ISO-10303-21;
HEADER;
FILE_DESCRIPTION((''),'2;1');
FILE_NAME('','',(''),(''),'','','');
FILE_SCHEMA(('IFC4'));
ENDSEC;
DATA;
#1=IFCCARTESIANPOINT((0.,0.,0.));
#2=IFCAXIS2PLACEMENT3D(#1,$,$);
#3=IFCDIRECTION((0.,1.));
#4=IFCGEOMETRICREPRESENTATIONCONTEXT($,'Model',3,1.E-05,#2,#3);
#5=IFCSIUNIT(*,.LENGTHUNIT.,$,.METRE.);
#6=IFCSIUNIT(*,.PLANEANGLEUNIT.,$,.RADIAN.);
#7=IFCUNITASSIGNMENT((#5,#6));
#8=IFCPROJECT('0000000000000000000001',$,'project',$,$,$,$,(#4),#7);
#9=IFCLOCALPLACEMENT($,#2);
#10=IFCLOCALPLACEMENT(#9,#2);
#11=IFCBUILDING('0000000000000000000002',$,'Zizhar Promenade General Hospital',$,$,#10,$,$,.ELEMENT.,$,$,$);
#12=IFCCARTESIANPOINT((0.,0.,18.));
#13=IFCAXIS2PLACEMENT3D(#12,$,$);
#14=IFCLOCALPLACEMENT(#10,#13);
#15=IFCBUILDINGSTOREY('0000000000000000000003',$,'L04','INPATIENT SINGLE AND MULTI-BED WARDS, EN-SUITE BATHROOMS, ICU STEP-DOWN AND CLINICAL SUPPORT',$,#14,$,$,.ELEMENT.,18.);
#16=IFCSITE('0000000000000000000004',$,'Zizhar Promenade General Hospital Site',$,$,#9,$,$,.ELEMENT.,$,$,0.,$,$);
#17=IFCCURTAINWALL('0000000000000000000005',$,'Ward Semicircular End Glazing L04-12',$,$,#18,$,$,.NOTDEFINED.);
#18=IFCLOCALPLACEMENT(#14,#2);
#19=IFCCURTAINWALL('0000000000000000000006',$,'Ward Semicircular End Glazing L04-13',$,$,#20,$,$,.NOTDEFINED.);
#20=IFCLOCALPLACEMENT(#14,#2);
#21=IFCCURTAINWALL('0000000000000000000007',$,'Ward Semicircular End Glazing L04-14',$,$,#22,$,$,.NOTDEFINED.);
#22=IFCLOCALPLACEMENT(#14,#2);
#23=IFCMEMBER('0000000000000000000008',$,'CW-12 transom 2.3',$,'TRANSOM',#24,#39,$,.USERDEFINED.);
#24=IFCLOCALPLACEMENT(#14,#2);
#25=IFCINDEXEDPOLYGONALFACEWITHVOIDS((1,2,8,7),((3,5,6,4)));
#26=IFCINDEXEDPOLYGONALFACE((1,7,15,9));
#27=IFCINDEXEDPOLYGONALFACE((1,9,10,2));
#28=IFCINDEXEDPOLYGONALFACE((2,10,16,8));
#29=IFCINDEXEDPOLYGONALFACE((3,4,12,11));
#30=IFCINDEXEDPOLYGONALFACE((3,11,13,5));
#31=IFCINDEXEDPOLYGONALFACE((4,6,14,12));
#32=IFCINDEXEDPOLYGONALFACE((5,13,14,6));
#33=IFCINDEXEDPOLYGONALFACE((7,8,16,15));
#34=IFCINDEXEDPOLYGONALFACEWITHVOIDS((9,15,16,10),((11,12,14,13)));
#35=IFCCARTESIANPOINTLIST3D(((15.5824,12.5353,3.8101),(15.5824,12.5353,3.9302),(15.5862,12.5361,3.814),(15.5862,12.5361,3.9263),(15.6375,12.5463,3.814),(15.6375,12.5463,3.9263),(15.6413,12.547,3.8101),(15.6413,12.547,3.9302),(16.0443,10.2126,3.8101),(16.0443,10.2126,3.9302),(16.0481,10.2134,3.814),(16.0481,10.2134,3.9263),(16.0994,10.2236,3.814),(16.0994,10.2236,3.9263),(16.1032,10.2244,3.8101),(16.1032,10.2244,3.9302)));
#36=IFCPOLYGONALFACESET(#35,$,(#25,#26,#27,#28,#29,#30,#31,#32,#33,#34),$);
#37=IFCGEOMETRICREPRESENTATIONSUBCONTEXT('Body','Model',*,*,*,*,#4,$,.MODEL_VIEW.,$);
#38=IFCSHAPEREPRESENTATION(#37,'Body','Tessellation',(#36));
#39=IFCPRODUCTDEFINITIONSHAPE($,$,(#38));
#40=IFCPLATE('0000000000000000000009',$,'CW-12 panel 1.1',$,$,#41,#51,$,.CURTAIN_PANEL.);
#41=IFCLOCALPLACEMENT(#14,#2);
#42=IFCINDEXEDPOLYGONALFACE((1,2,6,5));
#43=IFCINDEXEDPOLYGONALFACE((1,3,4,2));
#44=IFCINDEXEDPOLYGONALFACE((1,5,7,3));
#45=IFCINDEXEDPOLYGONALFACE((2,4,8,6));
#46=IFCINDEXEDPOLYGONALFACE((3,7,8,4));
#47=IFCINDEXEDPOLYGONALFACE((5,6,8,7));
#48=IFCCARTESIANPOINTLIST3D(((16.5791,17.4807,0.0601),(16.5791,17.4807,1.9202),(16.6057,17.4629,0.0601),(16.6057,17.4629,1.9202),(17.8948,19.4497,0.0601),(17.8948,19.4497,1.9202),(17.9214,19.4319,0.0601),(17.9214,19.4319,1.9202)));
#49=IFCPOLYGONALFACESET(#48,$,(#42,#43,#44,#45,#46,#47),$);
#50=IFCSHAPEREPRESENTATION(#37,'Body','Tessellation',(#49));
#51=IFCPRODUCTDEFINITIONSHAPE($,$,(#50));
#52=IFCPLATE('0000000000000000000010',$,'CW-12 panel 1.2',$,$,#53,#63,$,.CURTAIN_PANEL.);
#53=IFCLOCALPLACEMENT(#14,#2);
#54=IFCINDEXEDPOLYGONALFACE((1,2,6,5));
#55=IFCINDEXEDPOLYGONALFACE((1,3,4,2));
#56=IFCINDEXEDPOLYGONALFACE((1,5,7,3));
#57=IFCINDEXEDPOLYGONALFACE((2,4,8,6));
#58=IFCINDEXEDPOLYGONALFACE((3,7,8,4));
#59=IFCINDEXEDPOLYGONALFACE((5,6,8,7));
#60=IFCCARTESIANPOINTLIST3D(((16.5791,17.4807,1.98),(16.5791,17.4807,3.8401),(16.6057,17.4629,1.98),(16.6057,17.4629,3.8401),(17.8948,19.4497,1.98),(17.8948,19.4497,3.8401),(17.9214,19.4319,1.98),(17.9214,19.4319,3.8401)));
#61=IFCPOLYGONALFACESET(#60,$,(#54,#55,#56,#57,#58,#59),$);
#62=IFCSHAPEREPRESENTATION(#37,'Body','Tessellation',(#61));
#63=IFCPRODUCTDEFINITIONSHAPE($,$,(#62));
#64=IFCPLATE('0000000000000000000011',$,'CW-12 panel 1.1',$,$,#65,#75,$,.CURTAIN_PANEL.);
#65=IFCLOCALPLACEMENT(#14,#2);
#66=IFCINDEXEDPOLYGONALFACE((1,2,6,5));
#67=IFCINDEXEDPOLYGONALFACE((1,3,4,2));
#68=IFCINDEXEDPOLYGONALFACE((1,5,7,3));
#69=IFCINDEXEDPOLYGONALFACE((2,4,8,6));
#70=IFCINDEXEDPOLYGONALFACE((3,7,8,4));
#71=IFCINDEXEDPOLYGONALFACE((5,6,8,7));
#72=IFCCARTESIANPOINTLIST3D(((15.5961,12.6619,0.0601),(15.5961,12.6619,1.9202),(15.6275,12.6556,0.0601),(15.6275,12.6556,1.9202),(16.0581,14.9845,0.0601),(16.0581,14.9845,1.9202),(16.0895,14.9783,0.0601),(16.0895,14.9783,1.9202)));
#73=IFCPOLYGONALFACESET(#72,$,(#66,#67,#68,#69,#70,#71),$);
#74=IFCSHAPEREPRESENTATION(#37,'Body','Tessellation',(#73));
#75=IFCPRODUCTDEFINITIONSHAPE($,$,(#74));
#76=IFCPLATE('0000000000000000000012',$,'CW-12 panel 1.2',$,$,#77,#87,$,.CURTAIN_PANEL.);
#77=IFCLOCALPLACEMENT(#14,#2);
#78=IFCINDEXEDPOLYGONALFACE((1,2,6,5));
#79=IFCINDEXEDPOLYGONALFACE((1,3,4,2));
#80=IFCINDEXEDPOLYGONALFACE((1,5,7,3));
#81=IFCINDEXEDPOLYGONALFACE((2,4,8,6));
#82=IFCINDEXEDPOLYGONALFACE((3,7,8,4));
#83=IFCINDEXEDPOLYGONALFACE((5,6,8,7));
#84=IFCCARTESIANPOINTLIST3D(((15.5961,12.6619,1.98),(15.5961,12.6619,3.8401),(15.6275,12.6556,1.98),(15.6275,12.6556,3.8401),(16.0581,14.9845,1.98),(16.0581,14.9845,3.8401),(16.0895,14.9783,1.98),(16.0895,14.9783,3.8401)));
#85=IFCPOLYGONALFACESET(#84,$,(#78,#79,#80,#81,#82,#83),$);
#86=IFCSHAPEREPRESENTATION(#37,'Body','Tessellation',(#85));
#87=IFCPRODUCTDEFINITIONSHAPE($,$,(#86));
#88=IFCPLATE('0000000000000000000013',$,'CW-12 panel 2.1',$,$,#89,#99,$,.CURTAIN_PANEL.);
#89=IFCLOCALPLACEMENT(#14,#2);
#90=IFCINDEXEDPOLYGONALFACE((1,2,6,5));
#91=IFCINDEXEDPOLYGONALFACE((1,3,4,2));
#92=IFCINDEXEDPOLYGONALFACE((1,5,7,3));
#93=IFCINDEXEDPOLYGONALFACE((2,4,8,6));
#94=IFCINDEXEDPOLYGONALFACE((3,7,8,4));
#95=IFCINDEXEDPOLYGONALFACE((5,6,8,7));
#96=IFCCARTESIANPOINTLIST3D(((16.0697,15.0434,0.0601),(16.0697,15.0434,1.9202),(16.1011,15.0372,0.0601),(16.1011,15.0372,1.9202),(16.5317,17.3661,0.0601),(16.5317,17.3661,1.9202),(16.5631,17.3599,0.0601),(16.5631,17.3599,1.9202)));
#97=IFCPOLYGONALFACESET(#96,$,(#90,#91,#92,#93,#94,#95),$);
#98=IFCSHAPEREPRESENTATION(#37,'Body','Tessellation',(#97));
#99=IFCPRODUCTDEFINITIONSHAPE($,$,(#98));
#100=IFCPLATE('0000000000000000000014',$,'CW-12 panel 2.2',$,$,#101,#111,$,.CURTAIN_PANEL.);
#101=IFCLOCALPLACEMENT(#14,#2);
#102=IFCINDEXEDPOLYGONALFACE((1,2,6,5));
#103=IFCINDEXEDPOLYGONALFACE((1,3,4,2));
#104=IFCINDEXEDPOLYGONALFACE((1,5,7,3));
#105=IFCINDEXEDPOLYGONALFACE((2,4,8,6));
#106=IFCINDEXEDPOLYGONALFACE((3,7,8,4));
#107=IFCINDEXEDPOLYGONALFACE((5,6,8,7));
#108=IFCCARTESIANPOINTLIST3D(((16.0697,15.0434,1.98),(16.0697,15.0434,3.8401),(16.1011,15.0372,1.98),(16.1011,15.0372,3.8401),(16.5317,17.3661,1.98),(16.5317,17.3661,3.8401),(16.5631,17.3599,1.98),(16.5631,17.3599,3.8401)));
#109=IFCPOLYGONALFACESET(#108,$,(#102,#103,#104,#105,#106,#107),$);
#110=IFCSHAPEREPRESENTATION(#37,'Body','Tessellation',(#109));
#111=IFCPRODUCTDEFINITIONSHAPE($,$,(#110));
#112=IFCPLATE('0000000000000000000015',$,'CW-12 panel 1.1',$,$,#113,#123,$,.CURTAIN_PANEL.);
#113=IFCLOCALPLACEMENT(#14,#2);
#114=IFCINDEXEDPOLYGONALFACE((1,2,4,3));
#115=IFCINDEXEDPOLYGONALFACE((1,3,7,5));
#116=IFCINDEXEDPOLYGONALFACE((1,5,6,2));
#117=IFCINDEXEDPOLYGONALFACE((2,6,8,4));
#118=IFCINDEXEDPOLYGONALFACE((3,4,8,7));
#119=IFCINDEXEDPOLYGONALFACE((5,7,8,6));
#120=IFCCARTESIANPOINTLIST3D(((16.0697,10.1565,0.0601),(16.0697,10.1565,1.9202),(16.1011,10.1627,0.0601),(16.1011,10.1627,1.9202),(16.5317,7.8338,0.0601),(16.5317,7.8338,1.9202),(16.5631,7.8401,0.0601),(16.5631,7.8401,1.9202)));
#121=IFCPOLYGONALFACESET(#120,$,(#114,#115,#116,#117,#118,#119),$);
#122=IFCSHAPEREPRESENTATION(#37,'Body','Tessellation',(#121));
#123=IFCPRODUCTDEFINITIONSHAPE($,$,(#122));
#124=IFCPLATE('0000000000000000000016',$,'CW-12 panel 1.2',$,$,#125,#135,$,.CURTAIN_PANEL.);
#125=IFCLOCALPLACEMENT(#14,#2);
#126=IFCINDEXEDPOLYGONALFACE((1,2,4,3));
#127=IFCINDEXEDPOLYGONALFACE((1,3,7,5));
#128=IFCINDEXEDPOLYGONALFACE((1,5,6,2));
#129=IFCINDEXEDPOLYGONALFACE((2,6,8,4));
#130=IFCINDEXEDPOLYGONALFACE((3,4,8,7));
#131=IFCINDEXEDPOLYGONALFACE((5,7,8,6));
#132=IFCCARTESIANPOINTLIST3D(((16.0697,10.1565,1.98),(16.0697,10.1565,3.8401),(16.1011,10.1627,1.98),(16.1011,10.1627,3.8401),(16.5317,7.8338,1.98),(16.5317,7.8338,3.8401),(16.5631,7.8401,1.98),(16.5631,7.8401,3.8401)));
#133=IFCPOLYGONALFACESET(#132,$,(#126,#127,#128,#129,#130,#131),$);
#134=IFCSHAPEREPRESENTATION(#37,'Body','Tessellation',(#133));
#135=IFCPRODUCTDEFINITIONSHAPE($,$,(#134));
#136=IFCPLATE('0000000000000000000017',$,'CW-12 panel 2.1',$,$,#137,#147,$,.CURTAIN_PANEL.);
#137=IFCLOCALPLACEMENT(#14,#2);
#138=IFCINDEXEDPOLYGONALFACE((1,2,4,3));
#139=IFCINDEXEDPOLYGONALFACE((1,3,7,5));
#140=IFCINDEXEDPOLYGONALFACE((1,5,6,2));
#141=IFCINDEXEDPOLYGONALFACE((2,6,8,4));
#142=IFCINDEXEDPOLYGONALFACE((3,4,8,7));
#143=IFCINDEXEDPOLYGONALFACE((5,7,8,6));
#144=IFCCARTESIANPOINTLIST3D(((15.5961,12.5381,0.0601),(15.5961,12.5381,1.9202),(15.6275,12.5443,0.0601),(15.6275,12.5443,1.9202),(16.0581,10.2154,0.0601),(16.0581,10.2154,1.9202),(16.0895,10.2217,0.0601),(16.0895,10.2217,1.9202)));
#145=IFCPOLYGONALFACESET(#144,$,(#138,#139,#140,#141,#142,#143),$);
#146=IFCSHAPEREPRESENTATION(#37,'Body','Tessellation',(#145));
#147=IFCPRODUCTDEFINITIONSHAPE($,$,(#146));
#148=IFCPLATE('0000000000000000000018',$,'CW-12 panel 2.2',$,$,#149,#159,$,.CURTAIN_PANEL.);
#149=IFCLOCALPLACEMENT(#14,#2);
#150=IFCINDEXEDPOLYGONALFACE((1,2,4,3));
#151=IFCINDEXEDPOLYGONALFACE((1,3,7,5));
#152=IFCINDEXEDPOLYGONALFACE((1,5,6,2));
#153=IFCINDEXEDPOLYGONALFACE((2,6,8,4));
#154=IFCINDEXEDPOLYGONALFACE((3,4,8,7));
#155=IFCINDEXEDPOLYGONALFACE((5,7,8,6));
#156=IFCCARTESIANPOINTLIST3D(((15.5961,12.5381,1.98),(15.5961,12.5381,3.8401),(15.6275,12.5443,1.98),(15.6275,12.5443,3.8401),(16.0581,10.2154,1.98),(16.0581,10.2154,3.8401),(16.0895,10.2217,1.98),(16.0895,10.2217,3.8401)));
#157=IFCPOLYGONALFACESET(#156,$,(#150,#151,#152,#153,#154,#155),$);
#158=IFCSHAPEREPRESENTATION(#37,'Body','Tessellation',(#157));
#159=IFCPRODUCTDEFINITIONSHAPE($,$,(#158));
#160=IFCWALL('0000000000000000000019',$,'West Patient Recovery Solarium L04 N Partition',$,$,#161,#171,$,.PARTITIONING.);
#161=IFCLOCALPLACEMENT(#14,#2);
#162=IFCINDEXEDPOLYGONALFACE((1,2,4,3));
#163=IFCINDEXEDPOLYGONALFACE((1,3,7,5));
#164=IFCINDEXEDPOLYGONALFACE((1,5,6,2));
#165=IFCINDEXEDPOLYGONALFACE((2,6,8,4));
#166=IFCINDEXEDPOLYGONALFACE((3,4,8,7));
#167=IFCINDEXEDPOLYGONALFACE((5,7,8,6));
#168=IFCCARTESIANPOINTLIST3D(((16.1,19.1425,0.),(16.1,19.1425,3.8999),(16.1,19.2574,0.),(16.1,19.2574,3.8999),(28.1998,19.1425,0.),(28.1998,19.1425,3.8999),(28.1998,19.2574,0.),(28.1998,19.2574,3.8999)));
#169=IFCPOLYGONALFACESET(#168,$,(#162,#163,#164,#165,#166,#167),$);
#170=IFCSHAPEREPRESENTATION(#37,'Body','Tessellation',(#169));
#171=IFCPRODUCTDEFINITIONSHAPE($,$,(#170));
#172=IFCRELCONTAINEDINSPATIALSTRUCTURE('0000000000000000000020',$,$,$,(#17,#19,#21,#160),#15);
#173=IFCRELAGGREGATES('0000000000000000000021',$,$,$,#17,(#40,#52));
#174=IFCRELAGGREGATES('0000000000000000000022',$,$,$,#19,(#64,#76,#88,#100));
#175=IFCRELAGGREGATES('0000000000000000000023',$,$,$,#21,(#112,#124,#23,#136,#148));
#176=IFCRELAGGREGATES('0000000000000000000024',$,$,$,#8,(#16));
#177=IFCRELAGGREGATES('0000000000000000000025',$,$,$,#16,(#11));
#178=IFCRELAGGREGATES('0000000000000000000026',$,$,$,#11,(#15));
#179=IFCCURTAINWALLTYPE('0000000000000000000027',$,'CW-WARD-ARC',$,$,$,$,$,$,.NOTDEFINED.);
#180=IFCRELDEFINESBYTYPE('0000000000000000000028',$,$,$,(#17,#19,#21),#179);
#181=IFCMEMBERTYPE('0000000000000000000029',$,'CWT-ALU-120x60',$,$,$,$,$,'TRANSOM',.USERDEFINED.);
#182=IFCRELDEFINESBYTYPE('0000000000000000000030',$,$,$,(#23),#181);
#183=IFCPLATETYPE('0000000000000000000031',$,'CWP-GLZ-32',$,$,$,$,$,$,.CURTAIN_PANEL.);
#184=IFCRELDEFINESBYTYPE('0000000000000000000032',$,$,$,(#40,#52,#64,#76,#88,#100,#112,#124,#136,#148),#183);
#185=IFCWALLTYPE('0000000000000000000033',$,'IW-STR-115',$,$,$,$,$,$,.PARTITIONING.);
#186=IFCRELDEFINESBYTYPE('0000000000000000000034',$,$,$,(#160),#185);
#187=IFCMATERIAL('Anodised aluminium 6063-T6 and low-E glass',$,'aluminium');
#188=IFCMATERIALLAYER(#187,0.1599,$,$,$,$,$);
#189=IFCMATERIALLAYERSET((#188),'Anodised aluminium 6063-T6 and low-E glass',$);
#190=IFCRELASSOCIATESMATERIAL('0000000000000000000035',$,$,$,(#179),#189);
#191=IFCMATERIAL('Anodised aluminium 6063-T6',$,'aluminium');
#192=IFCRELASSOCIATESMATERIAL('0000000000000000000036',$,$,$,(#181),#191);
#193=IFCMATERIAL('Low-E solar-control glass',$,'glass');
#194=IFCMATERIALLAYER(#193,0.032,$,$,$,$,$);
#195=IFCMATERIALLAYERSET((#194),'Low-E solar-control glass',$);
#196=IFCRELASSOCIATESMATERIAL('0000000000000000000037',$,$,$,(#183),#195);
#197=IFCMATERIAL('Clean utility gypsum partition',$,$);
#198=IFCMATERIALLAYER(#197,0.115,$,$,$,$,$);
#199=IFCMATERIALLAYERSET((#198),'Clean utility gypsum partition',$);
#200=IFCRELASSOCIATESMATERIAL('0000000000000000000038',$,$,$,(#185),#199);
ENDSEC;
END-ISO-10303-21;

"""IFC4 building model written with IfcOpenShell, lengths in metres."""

from ifc_helpers import new_model, si_unit, direction, frame, frame_2d, origin, origin_2d, place, context, subcontext, project, spatial, rectangle, hollow_rectangle, extrude, material, layer, layer_set, material_profile, profile_set, type_object, element, aggregate, save


model = new_model("IFC4")

# Units and contexts
model_context = context("Model", 3, precision=1e-05, world=origin(), true_north=direction((0.0, 1.0)))
body_context = subcontext(model_context, "Body", "Model", "MODEL_VIEW")
ifc_project = project(units=[si_unit("LENGTHUNIT", "METRE"), si_unit("PLANEANGLEUNIT", "RADIAN")], contexts=[model_context])

# Site, building, storey
site_placement = place(None, origin())
site = spatial("IfcSite", under=ifc_project, at=site_placement, Name="Zizhar Promenade General Hospital Site", CompositionType="ELEMENT", RefElevation=0.0)
building_placement = place(site_placement, origin())
building = spatial("IfcBuilding", under=site, at=building_placement, Name="Zizhar Promenade General Hospital", CompositionType="ELEMENT")
storey_placement = place(building_placement, frame((0.0, 0.0, 18.0)))
storey = spatial("IfcBuildingStorey", under=building, at=storey_placement, Name="L04", Description="INPATIENT SINGLE AND MULTI-BED WARDS, EN-SUITE BATHROOMS, ICU STEP-DOWN AND CLINICAL SUPPORT", CompositionType="ELEMENT", Elevation=18.0)

# Curtain wall
ifc_material_1 = material(Name="Anodised aluminium 6063-T6 and low-E glass", Category="aluminium")
ifc_layer_1 = layer(ifc_material_1, 0.1599)
ifc_layer_set_1 = layer_set([ifc_layer_1], Name="Anodised aluminium 6063-T6 and low-E glass")
curtain_wall_type = type_object("IfcCurtainWallType", Name="CW-WARD-ARC", PredefinedType="NOTDEFINED", material=ifc_layer_set_1)
curtain_wall_1_placement = place(storey_placement, origin())
curtain_wall_1 = element("IfcCurtainWall", 1, at=curtain_wall_1_placement, inside=storey, type_object=curtain_wall_type, Name="Ward Semicircular End Glazing L04-12", PredefinedType="NOTDEFINED")

# Curtain walls
curtain_wall_2_placement = place(storey_placement, origin())
curtain_wall_2 = element("IfcCurtainWall", 2, at=curtain_wall_2_placement, inside=storey, type_object=curtain_wall_type, Name="Ward Semicircular End Glazing L04-13", PredefinedType="NOTDEFINED")
curtain_wall_3_placement = place(storey_placement, origin())
curtain_wall_3 = element("IfcCurtainWall", 3, at=curtain_wall_3_placement, inside=storey, type_object=curtain_wall_type, Name="Ward Semicircular End Glazing L04-14", PredefinedType="NOTDEFINED")

# Member
ifc_material_2 = material(Name="Anodised aluminium 6063-T6", Category="aluminium")
ifc_material_profile_1 = material_profile(ifc_material_2, hollow_rectangle(XDim=0.0601, YDim=0.1201, WallThickness=0.0039, at=origin_2d()))
ifc_profile_set_1 = profile_set([ifc_material_profile_1], Name="Anodised aluminium 6063-T6")
member_type_1 = type_object("IfcMemberType", Name="CWT-ALU-120x60", ElementType="TRANSOM", PredefinedType="USERDEFINED", material=ifc_profile_set_1)
member_1_placement = place(storey_placement, frame((16.0737, 10.2185, 3.8701), z_axis=(-0.195045, 0.980794, 0.0), x_axis=(-0.980794, -0.195045, 0.0)))
member_1 = element("IfcMember", 4, at=member_1_placement, type_object=member_type_1, Name="CW-12 transom 2.3", ObjectType="TRANSOM", PredefinedType="USERDEFINED", context=body_context, shape_type="SweptSolid", body=[
    extrude(hollow_rectangle(XDim=0.0601, YDim=0.1201, WallThickness=0.0039, at=origin_2d()), origin(), (0.0, 0.0, 1.0), 2.3682),
])

# Plates
ifc_material_3 = material(Name="Low-E solar-control glass", Category="glass")
ifc_layer_2 = layer(ifc_material_3, 0.032)
ifc_layer_set_2 = layer_set([ifc_layer_2], Name="Low-E solar-control glass")
plate_type = type_object("IfcPlateType", Name="CWP-GLZ-32", PredefinedType="CURTAIN_PANEL", material=ifc_layer_set_2)
plate_1_placement = place(storey_placement, frame((17.2502, 18.4563, 0.0601), z_axis=(0.0, 0.0, 1.0), x_axis=(0.555582, 0.831462, 0.0)))
plate_1 = element("IfcPlate", 5, at=plate_1_placement, type_object=plate_type, Name="CW-12 panel 1.1", PredefinedType="CURTAIN_PANEL", context=body_context, shape_type="SweptSolid", body=[
    extrude(rectangle(XDim=2.3682, YDim=0.032, at=origin_2d()), origin(), (0.0, 0.0, 1.0), 1.8601),
])
plate_2_placement = place(storey_placement, frame((17.2502, 18.4563, 1.98), z_axis=(0.0, 0.0, 1.0), x_axis=(0.555582, 0.831462, 0.0)))
plate_2 = element("IfcPlate", 6, at=plate_2_placement, type_object=plate_type, Name="CW-12 panel 1.2", PredefinedType="CURTAIN_PANEL", context=body_context, shape_type="SweptSolid", body=[
    extrude(rectangle(XDim=2.3682, YDim=0.032, at=origin_2d()), origin(), (0.0, 0.0, 1.0), 1.8601),
])
aggregate(curtain_wall_1, [plate_1, plate_2])
plate_3_placement = place(storey_placement, frame((15.8428, 13.8201, 0.0601), z_axis=(0.0, 0.0, 1.0), x_axis=(0.195087, 0.980786, 0.0)))
plate_3 = element("IfcPlate", 7, at=plate_3_placement, type_object=plate_type, Name="CW-12 panel 1.1", PredefinedType="CURTAIN_PANEL", context=body_context, shape_type="SweptSolid", body=[
    extrude(rectangle(XDim=2.3682, YDim=0.032, at=origin_2d()), origin(), (0.0, 0.0, 1.0), 1.8601),
])
plate_4_placement = place(storey_placement, frame((15.8428, 13.8201, 1.98), z_axis=(0.0, 0.0, 1.0), x_axis=(0.195087, 0.980786, 0.0)))
plate_4 = element("IfcPlate", 8, at=plate_4_placement, type_object=plate_type, Name="CW-12 panel 1.2", PredefinedType="CURTAIN_PANEL", context=body_context, shape_type="SweptSolid", body=[
    extrude(rectangle(XDim=2.3682, YDim=0.032, at=origin_2d()), origin(), (0.0, 0.0, 1.0), 1.8601),
])
plate_5_placement = place(storey_placement, frame((16.3164, 16.2017, 0.0601), z_axis=(0.0, 0.0, 1.0), x_axis=(0.195087, 0.980786, 0.0)))
plate_5 = element("IfcPlate", 9, at=plate_5_placement, type_object=plate_type, Name="CW-12 panel 2.1", PredefinedType="CURTAIN_PANEL", context=body_context, shape_type="SweptSolid", body=[
    extrude(rectangle(XDim=2.3682, YDim=0.032, at=origin_2d()), origin(), (0.0, 0.0, 1.0), 1.8601),
])
plate_6_placement = place(storey_placement, frame((16.3164, 16.2017, 1.98), z_axis=(0.0, 0.0, 1.0), x_axis=(0.195087, 0.980786, 0.0)))
plate_6 = element("IfcPlate", 10, at=plate_6_placement, type_object=plate_type, Name="CW-12 panel 2.2", PredefinedType="CURTAIN_PANEL", context=body_context, shape_type="SweptSolid", body=[
    extrude(rectangle(XDim=2.3682, YDim=0.032, at=origin_2d()), origin(), (0.0, 0.0, 1.0), 1.8601),
])
aggregate(curtain_wall_2, [plate_3, plate_4, plate_5, plate_6])
plate_7_placement = place(storey_placement, frame((16.3164, 8.9983, 0.0601), z_axis=(0.0, 0.0, 1.0), x_axis=(-0.195087, 0.980786, 0.0)))
plate_7 = element("IfcPlate", 11, at=plate_7_placement, type_object=plate_type, Name="CW-12 panel 1.1", PredefinedType="CURTAIN_PANEL", context=body_context, shape_type="SweptSolid", body=[
    extrude(rectangle(XDim=2.3682, YDim=0.032, at=origin_2d()), origin(), (0.0, 0.0, 1.0), 1.8601),
])
plate_8_placement = place(storey_placement, frame((16.3164, 8.9983, 1.98), z_axis=(0.0, 0.0, 1.0), x_axis=(-0.195087, 0.980786, 0.0)))
plate_8 = element("IfcPlate", 12, at=plate_8_placement, type_object=plate_type, Name="CW-12 panel 1.2", PredefinedType="CURTAIN_PANEL", context=body_context, shape_type="SweptSolid", body=[
    extrude(rectangle(XDim=2.3682, YDim=0.032, at=origin_2d()), origin(), (0.0, 0.0, 1.0), 1.8601),
])
plate_9_placement = place(storey_placement, frame((15.8428, 11.3799, 0.0601), z_axis=(0.0, 0.0, 1.0), x_axis=(-0.195087, 0.980786, 0.0)))
plate_9 = element("IfcPlate", 13, at=plate_9_placement, type_object=plate_type, Name="CW-12 panel 2.1", PredefinedType="CURTAIN_PANEL", context=body_context, shape_type="SweptSolid", body=[
    extrude(rectangle(XDim=2.3682, YDim=0.032, at=origin_2d()), origin(), (0.0, 0.0, 1.0), 1.8601),
])
plate_10_placement = place(storey_placement, frame((15.8428, 11.3799, 1.98), z_axis=(0.0, 0.0, 1.0), x_axis=(-0.195087, 0.980786, 0.0)))
plate_10 = element("IfcPlate", 14, at=plate_10_placement, type_object=plate_type, Name="CW-12 panel 2.2", PredefinedType="CURTAIN_PANEL", context=body_context, shape_type="SweptSolid", body=[
    extrude(rectangle(XDim=2.3682, YDim=0.032, at=origin_2d()), origin(), (0.0, 0.0, 1.0), 1.8601),
])
aggregate(curtain_wall_3, [plate_7, plate_8, member_1, plate_9, plate_10])

# Wall
ifc_material_4 = material(Name="Clean utility gypsum partition")
ifc_layer_3 = layer(ifc_material_4, 0.115)
ifc_layer_set_3 = layer_set([ifc_layer_3], Name="Clean utility gypsum partition")
wall_type = type_object("IfcWallType", Name="IW-STR-115", PredefinedType="PARTITIONING", material=ifc_layer_set_3)
wall_placement = place(storey_placement, frame((16.1001, 19.2, 0.0), z_axis=(0.0, 0.0, 1.0), x_axis=(1.0, 0.0, 0.0)))
element("IfcWall", 15, at=wall_placement, inside=storey, type_object=wall_type, Name="West Patient Recovery Solarium L04 N Partition", PredefinedType="PARTITIONING", context=body_context, shape_type="SweptSolid", body=[
    extrude(rectangle(XDim=12.0999, YDim=0.115, at=frame_2d((6.0498, 0.0))), origin(), (0.0, 0.0, 1.0), 3.8999),
])

save(model, "model.ifc")
